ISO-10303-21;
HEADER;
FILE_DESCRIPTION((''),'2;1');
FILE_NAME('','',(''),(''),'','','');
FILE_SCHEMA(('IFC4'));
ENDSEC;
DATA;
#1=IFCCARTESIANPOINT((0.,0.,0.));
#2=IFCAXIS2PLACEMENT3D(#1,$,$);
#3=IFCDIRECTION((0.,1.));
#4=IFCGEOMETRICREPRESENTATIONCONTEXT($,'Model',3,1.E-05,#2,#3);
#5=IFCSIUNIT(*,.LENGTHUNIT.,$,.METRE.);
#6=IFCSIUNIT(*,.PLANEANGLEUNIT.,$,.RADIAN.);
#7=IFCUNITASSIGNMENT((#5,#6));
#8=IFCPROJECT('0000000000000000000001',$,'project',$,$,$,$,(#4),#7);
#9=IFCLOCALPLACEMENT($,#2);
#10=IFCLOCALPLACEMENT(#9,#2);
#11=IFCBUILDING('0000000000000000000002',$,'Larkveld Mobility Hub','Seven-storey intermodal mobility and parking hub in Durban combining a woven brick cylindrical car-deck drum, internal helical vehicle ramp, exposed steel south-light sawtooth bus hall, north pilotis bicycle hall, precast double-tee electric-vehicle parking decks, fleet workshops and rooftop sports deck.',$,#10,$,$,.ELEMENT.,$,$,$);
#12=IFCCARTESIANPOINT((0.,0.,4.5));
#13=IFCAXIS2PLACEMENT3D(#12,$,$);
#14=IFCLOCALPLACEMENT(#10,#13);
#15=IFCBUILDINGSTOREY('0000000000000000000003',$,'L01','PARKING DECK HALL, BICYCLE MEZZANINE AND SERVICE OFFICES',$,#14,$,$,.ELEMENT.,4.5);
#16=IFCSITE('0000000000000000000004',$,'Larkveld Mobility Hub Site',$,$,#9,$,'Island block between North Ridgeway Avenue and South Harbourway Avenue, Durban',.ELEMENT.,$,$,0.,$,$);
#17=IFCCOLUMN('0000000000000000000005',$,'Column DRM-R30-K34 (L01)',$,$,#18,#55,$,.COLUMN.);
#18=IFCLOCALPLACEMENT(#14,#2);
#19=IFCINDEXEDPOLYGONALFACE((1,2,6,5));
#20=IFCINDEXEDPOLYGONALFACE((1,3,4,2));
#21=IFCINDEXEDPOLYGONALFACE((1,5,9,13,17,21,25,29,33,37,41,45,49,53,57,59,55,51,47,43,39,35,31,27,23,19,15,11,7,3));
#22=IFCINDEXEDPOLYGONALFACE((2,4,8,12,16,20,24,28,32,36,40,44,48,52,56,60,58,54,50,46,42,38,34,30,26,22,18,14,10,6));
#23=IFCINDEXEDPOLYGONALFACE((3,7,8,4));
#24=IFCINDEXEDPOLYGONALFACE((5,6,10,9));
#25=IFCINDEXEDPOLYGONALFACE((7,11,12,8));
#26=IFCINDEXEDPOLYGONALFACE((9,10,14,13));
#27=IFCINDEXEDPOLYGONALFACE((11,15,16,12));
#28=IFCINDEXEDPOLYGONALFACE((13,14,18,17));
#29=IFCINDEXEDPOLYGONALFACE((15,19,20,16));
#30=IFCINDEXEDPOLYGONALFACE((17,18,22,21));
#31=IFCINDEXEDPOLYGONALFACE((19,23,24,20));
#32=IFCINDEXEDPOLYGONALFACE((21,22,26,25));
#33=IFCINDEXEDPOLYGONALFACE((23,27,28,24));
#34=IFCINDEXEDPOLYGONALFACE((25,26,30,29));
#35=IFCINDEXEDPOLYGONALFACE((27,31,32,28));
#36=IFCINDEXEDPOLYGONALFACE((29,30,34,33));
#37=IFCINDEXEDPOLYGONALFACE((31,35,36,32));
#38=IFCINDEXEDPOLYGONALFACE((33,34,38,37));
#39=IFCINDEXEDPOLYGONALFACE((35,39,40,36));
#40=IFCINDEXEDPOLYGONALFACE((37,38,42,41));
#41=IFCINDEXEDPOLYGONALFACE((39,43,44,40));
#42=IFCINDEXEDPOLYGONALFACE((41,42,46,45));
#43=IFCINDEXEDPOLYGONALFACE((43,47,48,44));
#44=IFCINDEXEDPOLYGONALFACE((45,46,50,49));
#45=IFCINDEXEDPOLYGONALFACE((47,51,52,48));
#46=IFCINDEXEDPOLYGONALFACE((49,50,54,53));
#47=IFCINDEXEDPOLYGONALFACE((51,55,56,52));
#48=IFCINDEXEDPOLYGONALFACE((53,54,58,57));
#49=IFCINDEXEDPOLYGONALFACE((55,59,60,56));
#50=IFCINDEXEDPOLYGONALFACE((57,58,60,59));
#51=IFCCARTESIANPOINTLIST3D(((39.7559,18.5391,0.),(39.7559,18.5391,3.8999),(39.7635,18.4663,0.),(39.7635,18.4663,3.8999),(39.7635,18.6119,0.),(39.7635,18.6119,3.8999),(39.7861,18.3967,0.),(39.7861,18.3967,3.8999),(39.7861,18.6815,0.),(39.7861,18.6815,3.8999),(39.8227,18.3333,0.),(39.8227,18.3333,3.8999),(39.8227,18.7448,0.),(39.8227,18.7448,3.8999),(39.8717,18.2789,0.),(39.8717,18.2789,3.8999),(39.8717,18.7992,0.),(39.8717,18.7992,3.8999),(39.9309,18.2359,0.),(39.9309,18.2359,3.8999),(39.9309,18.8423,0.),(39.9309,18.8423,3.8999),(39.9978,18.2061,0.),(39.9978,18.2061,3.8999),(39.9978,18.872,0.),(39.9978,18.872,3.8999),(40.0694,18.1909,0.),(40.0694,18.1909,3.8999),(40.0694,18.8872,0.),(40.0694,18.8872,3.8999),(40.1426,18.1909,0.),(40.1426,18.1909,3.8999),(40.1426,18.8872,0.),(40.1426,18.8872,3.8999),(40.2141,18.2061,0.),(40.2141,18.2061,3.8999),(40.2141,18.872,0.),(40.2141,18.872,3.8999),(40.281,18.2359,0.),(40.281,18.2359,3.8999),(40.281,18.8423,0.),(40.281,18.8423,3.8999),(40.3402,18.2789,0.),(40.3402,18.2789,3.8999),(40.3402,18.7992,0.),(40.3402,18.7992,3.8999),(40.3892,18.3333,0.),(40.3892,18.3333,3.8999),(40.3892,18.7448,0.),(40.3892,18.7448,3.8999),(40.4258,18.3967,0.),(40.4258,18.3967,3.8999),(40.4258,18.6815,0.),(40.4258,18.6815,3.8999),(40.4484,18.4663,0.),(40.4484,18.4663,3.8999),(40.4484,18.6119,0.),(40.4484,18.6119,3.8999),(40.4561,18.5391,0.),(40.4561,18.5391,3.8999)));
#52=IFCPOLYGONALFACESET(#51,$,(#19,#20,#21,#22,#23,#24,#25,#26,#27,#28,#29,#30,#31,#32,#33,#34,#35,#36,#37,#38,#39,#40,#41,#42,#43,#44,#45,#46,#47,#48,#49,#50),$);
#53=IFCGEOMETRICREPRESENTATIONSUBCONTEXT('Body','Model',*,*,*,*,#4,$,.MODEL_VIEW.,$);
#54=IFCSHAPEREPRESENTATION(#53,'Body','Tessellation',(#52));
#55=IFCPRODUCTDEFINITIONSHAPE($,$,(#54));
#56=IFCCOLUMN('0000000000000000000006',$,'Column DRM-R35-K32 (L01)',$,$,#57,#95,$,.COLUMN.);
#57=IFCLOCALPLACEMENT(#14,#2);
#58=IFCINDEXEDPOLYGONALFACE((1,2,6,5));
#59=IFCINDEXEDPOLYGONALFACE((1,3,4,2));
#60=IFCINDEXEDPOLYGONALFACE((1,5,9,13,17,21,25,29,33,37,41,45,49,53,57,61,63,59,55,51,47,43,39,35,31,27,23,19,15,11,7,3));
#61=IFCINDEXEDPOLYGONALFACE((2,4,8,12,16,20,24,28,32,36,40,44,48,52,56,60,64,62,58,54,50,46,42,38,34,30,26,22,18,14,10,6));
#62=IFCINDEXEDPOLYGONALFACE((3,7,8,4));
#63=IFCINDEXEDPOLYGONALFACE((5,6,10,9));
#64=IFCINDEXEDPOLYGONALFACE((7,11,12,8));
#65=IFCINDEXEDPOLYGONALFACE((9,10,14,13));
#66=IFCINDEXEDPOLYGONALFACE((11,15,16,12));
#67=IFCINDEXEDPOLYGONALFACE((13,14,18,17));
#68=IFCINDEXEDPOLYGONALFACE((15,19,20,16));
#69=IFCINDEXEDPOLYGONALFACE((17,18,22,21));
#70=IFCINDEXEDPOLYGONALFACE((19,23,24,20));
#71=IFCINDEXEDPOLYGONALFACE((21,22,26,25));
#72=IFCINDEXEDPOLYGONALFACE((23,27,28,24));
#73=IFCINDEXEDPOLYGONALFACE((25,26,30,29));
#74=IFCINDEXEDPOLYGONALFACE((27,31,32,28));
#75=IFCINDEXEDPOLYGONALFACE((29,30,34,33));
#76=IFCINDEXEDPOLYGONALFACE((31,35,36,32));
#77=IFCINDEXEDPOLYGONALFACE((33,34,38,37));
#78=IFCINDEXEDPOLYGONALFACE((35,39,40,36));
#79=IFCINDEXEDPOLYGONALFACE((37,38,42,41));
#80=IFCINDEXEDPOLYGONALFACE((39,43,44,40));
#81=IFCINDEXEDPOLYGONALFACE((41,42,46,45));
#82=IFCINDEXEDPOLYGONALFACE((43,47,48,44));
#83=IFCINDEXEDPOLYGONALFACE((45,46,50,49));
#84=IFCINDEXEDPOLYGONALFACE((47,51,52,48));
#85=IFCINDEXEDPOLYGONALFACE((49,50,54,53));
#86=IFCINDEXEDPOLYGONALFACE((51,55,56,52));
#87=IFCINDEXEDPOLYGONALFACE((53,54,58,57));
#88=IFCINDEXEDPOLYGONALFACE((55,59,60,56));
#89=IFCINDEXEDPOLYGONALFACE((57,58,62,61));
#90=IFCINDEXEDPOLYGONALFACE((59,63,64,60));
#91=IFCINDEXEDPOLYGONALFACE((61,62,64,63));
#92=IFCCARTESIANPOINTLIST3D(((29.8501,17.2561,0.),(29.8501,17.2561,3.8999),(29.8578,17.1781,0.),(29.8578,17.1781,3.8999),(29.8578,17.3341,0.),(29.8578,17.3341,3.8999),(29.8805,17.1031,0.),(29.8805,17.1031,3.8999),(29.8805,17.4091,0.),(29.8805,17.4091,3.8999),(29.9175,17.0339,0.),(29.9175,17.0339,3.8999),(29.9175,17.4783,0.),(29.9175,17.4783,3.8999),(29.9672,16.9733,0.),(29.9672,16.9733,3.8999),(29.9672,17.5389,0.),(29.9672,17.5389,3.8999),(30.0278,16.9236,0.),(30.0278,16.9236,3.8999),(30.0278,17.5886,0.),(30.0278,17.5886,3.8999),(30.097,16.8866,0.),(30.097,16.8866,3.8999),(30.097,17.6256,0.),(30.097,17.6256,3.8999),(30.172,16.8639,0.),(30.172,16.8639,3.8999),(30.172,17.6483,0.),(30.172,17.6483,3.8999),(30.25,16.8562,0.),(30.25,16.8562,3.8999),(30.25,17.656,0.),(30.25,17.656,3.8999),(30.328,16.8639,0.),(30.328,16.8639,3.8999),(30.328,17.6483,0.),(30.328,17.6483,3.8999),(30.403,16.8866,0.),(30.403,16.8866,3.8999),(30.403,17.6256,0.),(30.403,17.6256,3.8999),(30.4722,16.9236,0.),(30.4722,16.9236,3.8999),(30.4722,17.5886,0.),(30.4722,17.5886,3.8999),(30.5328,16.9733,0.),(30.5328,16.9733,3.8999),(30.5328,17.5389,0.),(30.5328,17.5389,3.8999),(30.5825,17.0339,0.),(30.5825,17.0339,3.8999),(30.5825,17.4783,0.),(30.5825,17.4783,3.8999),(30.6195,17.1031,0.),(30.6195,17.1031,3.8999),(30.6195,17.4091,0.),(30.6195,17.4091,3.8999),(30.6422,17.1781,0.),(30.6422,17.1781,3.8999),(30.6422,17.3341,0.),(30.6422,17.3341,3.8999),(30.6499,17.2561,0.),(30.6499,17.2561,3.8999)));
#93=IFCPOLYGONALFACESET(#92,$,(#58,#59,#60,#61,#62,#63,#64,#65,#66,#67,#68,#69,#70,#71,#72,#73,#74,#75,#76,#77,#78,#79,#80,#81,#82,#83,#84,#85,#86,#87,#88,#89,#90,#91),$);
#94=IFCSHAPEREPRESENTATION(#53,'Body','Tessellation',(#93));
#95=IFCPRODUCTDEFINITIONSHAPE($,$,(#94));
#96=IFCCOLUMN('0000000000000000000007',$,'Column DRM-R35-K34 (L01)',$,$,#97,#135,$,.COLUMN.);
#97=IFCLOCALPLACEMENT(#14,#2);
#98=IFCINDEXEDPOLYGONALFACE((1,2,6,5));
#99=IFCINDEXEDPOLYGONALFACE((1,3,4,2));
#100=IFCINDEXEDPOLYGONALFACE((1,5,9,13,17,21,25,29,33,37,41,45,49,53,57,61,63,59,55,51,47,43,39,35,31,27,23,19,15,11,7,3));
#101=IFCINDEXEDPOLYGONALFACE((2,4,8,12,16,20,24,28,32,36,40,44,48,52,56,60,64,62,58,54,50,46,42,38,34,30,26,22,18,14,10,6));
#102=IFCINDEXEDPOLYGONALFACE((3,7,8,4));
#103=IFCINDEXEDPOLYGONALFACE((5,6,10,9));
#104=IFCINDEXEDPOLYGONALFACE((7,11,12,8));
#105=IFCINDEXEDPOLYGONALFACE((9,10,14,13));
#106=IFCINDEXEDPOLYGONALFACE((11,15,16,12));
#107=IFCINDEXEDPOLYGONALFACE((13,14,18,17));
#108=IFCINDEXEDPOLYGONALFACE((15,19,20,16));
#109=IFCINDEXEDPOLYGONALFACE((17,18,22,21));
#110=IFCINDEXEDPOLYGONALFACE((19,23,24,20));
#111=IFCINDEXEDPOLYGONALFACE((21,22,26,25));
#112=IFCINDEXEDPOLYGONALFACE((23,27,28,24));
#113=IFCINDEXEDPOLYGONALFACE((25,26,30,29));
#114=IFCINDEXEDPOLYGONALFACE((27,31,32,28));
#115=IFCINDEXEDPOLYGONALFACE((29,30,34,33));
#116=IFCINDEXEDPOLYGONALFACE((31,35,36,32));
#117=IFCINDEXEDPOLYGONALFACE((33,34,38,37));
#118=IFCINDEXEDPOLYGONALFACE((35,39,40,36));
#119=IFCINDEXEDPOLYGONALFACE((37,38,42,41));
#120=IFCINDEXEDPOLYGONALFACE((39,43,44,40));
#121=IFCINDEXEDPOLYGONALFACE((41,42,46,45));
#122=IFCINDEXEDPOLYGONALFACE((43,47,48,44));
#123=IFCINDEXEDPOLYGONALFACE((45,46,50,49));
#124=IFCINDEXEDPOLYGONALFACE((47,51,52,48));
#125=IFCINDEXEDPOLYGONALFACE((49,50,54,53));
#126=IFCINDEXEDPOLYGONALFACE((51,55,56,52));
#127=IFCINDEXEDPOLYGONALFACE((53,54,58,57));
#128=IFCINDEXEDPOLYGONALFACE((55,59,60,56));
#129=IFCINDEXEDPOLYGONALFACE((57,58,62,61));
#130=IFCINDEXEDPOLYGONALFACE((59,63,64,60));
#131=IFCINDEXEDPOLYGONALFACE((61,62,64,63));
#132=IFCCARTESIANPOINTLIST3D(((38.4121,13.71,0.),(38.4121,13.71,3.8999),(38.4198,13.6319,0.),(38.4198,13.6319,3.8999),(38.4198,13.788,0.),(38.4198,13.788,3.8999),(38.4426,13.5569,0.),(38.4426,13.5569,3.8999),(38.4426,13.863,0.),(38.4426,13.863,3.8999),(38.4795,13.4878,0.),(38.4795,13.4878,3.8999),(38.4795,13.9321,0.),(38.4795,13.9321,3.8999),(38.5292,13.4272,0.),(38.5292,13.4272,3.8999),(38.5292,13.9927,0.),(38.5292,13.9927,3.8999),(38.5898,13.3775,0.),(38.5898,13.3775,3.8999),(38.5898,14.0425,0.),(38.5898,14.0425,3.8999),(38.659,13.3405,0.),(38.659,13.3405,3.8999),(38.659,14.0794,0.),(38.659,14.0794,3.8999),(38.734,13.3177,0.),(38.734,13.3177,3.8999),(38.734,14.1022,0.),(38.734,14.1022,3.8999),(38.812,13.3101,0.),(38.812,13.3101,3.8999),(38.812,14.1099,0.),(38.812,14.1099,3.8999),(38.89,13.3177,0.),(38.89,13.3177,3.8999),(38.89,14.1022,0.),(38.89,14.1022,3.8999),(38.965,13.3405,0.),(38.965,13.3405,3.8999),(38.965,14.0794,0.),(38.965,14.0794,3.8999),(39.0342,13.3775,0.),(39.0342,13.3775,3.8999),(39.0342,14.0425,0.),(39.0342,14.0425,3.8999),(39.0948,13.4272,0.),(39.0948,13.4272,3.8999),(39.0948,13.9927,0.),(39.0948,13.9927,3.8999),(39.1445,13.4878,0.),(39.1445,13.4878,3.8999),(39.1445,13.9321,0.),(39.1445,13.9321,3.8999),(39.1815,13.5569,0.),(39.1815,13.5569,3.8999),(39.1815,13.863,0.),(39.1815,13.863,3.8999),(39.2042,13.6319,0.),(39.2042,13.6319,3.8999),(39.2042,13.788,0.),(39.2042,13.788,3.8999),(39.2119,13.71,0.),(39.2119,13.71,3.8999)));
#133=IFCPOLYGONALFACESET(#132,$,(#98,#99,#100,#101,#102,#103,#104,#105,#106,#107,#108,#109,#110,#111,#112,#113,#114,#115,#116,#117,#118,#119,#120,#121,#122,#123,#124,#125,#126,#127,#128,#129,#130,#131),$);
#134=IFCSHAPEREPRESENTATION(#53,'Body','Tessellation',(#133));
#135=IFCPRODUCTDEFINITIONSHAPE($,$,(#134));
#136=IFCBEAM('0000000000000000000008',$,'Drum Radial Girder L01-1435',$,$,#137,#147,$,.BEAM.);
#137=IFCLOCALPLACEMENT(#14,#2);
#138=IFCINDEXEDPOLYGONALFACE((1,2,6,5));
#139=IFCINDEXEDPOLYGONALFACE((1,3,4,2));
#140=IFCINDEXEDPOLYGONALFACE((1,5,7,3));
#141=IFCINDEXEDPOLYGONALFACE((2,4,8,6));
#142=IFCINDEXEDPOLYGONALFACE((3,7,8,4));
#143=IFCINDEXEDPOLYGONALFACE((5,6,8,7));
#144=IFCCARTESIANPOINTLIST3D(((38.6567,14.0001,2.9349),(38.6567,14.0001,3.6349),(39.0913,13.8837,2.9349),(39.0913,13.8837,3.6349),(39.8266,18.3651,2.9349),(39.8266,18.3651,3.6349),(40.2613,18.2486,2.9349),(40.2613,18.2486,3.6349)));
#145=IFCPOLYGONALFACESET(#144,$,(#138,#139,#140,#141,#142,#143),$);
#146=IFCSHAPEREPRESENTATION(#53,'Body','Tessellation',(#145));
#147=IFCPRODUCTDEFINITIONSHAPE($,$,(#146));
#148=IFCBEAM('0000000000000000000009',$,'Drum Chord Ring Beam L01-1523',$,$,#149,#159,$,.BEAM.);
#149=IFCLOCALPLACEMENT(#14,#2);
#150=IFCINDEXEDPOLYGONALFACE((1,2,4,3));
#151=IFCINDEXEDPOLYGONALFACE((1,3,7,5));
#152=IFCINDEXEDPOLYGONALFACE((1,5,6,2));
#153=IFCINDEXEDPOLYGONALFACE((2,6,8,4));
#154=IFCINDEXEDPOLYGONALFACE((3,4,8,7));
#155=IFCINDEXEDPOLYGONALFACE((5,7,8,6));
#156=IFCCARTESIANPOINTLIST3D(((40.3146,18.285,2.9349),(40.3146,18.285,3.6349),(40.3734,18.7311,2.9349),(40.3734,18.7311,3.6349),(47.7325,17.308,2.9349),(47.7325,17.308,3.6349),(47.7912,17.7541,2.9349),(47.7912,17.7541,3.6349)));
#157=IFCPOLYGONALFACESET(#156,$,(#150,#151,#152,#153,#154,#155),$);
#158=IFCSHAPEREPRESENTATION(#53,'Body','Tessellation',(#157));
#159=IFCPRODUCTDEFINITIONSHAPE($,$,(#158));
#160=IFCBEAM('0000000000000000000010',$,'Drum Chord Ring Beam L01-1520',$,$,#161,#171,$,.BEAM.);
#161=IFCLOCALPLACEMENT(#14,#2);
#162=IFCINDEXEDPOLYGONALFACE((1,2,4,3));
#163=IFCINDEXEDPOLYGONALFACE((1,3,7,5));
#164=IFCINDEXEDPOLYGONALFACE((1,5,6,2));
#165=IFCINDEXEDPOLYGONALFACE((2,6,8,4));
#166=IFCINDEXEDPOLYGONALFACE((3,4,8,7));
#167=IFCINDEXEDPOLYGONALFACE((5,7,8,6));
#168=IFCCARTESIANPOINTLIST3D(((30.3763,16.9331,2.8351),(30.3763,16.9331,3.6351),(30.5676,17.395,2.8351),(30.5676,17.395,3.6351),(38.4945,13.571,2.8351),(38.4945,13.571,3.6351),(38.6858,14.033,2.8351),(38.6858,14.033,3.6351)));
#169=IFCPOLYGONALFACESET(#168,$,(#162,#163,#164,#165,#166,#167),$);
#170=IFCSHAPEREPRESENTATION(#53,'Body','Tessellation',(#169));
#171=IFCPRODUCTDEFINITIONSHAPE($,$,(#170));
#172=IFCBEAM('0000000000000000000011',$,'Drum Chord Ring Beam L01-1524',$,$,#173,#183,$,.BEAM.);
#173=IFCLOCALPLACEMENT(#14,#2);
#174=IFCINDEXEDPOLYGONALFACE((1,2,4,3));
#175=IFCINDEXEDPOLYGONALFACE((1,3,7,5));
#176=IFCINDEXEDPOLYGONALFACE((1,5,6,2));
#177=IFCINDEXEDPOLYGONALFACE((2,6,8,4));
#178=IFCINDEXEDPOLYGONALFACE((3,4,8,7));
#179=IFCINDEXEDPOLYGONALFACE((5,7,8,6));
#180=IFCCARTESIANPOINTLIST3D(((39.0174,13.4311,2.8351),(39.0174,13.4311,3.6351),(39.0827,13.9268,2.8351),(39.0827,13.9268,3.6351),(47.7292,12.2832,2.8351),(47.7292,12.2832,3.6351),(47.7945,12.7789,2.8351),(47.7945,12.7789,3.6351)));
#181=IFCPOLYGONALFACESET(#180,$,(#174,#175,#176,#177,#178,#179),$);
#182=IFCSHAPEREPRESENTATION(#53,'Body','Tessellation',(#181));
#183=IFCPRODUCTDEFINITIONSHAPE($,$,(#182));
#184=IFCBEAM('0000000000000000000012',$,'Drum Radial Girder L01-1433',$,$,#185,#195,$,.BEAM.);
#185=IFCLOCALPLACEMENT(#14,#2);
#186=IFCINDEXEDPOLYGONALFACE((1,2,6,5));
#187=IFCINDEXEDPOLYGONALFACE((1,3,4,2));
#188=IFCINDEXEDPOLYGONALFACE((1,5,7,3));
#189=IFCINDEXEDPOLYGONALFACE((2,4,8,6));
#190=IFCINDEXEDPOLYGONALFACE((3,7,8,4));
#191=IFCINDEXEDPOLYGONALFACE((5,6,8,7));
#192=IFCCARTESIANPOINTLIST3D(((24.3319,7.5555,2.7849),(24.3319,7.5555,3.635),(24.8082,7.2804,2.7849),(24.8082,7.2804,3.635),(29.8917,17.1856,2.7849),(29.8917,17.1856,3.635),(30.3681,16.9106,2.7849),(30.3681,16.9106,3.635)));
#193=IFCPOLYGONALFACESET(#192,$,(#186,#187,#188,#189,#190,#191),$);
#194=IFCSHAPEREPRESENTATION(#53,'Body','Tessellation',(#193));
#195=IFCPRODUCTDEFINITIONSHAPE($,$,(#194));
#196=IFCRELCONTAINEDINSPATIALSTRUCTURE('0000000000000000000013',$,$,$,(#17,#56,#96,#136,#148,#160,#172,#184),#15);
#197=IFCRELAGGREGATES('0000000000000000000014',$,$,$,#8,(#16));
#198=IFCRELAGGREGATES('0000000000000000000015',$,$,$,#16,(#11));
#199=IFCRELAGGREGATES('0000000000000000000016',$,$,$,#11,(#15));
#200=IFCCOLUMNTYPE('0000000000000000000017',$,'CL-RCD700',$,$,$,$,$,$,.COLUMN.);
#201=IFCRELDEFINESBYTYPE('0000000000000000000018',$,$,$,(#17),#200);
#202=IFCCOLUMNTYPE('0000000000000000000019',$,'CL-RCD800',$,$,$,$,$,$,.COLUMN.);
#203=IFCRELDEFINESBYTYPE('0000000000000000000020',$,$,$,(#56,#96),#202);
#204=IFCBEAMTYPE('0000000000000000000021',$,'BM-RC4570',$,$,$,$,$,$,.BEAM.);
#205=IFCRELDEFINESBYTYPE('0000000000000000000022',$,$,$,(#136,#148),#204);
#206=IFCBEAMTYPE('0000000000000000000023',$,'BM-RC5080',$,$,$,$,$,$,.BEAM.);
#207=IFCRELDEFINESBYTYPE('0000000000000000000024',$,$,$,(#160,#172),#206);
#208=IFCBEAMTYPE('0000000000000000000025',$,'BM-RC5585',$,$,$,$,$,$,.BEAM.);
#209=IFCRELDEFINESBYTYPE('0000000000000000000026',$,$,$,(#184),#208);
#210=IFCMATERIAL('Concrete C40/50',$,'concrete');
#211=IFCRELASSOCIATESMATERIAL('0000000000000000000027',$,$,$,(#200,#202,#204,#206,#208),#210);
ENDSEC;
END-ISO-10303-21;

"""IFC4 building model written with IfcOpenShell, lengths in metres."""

from ifc_helpers import new_model, si_unit, direction, frame, origin, origin_2d, place, context, subcontext, project, spatial, rectangle, circle, extrude, material, material_profile, profile_set, type_object, element, save


model = new_model("IFC4")

# Units and contexts
model_context = context("Model", 3, precision=1e-05, world=origin(), true_north=direction((0.0, 1.0)))
body_context = subcontext(model_context, "Body", "Model", "MODEL_VIEW")
ifc_project = project(units=[si_unit("LENGTHUNIT", "METRE"), si_unit("PLANEANGLEUNIT", "RADIAN")], contexts=[model_context])

# Site, building, storey
site_placement = place(None, origin())
site = spatial("IfcSite", under=ifc_project, at=site_placement, Name="Larkveld Mobility Hub Site", LongName="Island block between North Ridgeway Avenue and South Harbourway Avenue, Durban", CompositionType="ELEMENT", RefElevation=0.0)
building_placement = place(site_placement, origin())
building = spatial("IfcBuilding", under=site, at=building_placement, Name="Larkveld Mobility Hub", Description="Seven-storey intermodal mobility and parking hub in Durban combining a woven brick cylindrical car-deck drum, internal helical vehicle ramp, exposed steel south-light sawtooth bus hall, north pilotis bicycle hall, precast double-tee electric-vehicle parking decks, fleet workshops and rooftop sports deck.", CompositionType="ELEMENT")
storey_placement = place(building_placement, frame((0.0, 0.0, 4.5)))
storey = spatial("IfcBuildingStorey", under=building, at=storey_placement, Name="L01", Description="PARKING DECK HALL, BICYCLE MEZZANINE AND SERVICE OFFICES", CompositionType="ELEMENT", Elevation=4.5)

# Columns
ifc_material = material(Name="Concrete C40/50", Category="concrete")
ifc_material_profile_1 = material_profile(ifc_material, circle(Radius=0.3501, at=origin_2d()), Name="RC COL D700")
ifc_profile_set_1 = profile_set([ifc_material_profile_1], Name="Concrete C40/50")
column_type_1 = type_object("IfcColumnType", Name="CL-RCD700", PredefinedType="COLUMN", material=ifc_profile_set_1)
column_placement = place(storey_placement, frame((40.106, 18.5391, 0.0), z_axis=(0.0, 0.0, 1.0), x_axis=(1.0, 0.0, 0.0)))
element("IfcColumn", 1, at=column_placement, inside=storey, type_object=column_type_1, Name="Column DRM-R30-K34 (L01)", PredefinedType="COLUMN", context=body_context, shape_type="SweptSolid", body=[
    extrude(circle(Radius=0.3501, at=origin_2d()), origin(), (0.0, 0.0, 1.0), 3.8999),
])
ifc_material_profile_2 = material_profile(ifc_material, circle(Radius=0.3999, at=origin_2d()), Name="RC COL D800")
ifc_profile_set_2 = profile_set([ifc_material_profile_2], Name="Concrete C40/50")
column_type_2 = type_object("IfcColumnType", Name="CL-RCD800", PredefinedType="COLUMN", material=ifc_profile_set_2)
for number, where, z_axis, x_axis, name in (
    (2, (30.25, 17.2561, 0.0), (0.0, 0.0, 1.0), (1.0, 0.0, 0.0), "Column DRM-R35-K32 (L01)"),
    (3, (38.812, 13.71, 0.0), (0.0, 0.0, 1.0), (1.0, 0.0, 0.0), "Column DRM-R35-K34 (L01)"),
):
    element("IfcColumn", number, at=place(storey_placement, frame(where, z_axis=z_axis, x_axis=x_axis)), inside=storey, type_object=column_type_2, Name=name, PredefinedType="COLUMN", context=body_context, shape_type="SweptSolid", body=[
        extrude(circle(Radius=0.3999, at=origin_2d()), origin(), (0.0, 0.0, 1.0), 3.8999),
    ])

# Beams
ifc_material_profile_3 = material_profile(ifc_material, rectangle(XDim=0.45, YDim=0.7, at=origin_2d()), Name="RC BM 450x700")
ifc_profile_set_3 = profile_set([ifc_material_profile_3], Name="Concrete C40/50")
beam_type_1 = type_object("IfcBeamType", Name="BM-RC4570", PredefinedType="BEAM", material=ifc_profile_set_3)
beam_1_placement = place(storey_placement, frame((40.0439, 18.3069, 3.2849), z_axis=(-0.258886, -0.965908, 0.0), x_axis=(0.965908, -0.258886, 0.0)))
element("IfcBeam", 4, at=beam_1_placement, inside=storey, type_object=beam_type_1, Name="Drum Radial Girder L01-1435", PredefinedType="BEAM", context=body_context, shape_type="SweptSolid", body=[
    extrude(rectangle(XDim=0.45, YDim=0.7, at=origin_2d()), origin(), (0.0, 0.0, 1.0), 4.519),
])
beam_2_placement = place(storey_placement, frame((40.344, 18.5081, 3.2849), z_axis=(0.991437, -0.130586, 0.0), x_axis=(0.130586, 0.991437, 0.0)))
element("IfcBeam", 5, at=beam_2_placement, inside=storey, type_object=beam_type_1, Name="Drum Chord Ring Beam L01-1523", PredefinedType="BEAM", context=body_context, shape_type="SweptSolid", body=[
    extrude(rectangle(XDim=0.45, YDim=0.7, at=origin_2d()), origin(), (0.0, 0.0, 1.0), 7.4819),
])
ifc_material_profile_4 = material_profile(ifc_material, rectangle(XDim=0.5, YDim=0.8, at=origin_2d()), Name="RC BM 500x800")
ifc_profile_set_4 = profile_set([ifc_material_profile_4], Name="Concrete C40/50")
beam_type_2 = type_object("IfcBeamType", Name="BM-RC5080", PredefinedType="BEAM", material=ifc_profile_set_4)
beam_3_placement = place(storey_placement, frame((30.4719, 17.1641, 3.2351), z_axis=(0.923903, -0.382626, 0.0), x_axis=(0.382626, 0.923903, 0.0)))
element("IfcBeam", 6, at=beam_3_placement, inside=storey, type_object=beam_type_2, Name="Drum Chord Ring Beam L01-1520", PredefinedType="BEAM", context=body_context, shape_type="SweptSolid", body=[
    extrude(rectangle(XDim=0.5, YDim=0.8, at=origin_2d()), origin(), (0.0, 0.0, 1.0), 8.7869),
])
beam_4_placement = place(storey_placement, frame((39.05, 13.679, 3.2351), z_axis=(0.99143, -0.130638, 0.0), x_axis=(0.130638, 0.99143, 0.0)))
element("IfcBeam", 7, at=beam_4_placement, inside=storey, type_object=beam_type_2, Name="Drum Chord Ring Beam L01-1524", PredefinedType="BEAM", context=body_context, shape_type="SweptSolid", body=[
    extrude(rectangle(XDim=0.5, YDim=0.8, at=origin_2d()), origin(), (0.0, 0.0, 1.0), 8.7871),
])
ifc_material_profile_5 = material_profile(ifc_material, rectangle(XDim=0.55, YDim=0.8501, at=origin_2d()), Name="RC BM 550x850")
ifc_profile_set_5 = profile_set([ifc_material_profile_5], Name="Concrete C40/50")
beam_type_3 = type_object("IfcBeamType", Name="BM-RC5585", PredefinedType="BEAM", material=ifc_profile_set_5)
for number, where, z_axis, x_axis, name in (
    (8, (30.1299, 17.0481, 3.21), (-0.49999, -0.866031, 0.0), (0.866031, -0.49999, 0.0), "Drum Radial Girder L01-1433"),
):
    element("IfcBeam", number, at=place(storey_placement, frame(where, z_axis=z_axis, x_axis=x_axis)), inside=storey, type_object=beam_type_3, Name=name, PredefinedType="BEAM", context=body_context, shape_type="SweptSolid", body=[
        extrude(rectangle(XDim=0.55, YDim=0.8501, at=origin_2d()), origin(), (0.0, 0.0, 1.0), 11.1199),
    ])

save(model, "model.ifc")
